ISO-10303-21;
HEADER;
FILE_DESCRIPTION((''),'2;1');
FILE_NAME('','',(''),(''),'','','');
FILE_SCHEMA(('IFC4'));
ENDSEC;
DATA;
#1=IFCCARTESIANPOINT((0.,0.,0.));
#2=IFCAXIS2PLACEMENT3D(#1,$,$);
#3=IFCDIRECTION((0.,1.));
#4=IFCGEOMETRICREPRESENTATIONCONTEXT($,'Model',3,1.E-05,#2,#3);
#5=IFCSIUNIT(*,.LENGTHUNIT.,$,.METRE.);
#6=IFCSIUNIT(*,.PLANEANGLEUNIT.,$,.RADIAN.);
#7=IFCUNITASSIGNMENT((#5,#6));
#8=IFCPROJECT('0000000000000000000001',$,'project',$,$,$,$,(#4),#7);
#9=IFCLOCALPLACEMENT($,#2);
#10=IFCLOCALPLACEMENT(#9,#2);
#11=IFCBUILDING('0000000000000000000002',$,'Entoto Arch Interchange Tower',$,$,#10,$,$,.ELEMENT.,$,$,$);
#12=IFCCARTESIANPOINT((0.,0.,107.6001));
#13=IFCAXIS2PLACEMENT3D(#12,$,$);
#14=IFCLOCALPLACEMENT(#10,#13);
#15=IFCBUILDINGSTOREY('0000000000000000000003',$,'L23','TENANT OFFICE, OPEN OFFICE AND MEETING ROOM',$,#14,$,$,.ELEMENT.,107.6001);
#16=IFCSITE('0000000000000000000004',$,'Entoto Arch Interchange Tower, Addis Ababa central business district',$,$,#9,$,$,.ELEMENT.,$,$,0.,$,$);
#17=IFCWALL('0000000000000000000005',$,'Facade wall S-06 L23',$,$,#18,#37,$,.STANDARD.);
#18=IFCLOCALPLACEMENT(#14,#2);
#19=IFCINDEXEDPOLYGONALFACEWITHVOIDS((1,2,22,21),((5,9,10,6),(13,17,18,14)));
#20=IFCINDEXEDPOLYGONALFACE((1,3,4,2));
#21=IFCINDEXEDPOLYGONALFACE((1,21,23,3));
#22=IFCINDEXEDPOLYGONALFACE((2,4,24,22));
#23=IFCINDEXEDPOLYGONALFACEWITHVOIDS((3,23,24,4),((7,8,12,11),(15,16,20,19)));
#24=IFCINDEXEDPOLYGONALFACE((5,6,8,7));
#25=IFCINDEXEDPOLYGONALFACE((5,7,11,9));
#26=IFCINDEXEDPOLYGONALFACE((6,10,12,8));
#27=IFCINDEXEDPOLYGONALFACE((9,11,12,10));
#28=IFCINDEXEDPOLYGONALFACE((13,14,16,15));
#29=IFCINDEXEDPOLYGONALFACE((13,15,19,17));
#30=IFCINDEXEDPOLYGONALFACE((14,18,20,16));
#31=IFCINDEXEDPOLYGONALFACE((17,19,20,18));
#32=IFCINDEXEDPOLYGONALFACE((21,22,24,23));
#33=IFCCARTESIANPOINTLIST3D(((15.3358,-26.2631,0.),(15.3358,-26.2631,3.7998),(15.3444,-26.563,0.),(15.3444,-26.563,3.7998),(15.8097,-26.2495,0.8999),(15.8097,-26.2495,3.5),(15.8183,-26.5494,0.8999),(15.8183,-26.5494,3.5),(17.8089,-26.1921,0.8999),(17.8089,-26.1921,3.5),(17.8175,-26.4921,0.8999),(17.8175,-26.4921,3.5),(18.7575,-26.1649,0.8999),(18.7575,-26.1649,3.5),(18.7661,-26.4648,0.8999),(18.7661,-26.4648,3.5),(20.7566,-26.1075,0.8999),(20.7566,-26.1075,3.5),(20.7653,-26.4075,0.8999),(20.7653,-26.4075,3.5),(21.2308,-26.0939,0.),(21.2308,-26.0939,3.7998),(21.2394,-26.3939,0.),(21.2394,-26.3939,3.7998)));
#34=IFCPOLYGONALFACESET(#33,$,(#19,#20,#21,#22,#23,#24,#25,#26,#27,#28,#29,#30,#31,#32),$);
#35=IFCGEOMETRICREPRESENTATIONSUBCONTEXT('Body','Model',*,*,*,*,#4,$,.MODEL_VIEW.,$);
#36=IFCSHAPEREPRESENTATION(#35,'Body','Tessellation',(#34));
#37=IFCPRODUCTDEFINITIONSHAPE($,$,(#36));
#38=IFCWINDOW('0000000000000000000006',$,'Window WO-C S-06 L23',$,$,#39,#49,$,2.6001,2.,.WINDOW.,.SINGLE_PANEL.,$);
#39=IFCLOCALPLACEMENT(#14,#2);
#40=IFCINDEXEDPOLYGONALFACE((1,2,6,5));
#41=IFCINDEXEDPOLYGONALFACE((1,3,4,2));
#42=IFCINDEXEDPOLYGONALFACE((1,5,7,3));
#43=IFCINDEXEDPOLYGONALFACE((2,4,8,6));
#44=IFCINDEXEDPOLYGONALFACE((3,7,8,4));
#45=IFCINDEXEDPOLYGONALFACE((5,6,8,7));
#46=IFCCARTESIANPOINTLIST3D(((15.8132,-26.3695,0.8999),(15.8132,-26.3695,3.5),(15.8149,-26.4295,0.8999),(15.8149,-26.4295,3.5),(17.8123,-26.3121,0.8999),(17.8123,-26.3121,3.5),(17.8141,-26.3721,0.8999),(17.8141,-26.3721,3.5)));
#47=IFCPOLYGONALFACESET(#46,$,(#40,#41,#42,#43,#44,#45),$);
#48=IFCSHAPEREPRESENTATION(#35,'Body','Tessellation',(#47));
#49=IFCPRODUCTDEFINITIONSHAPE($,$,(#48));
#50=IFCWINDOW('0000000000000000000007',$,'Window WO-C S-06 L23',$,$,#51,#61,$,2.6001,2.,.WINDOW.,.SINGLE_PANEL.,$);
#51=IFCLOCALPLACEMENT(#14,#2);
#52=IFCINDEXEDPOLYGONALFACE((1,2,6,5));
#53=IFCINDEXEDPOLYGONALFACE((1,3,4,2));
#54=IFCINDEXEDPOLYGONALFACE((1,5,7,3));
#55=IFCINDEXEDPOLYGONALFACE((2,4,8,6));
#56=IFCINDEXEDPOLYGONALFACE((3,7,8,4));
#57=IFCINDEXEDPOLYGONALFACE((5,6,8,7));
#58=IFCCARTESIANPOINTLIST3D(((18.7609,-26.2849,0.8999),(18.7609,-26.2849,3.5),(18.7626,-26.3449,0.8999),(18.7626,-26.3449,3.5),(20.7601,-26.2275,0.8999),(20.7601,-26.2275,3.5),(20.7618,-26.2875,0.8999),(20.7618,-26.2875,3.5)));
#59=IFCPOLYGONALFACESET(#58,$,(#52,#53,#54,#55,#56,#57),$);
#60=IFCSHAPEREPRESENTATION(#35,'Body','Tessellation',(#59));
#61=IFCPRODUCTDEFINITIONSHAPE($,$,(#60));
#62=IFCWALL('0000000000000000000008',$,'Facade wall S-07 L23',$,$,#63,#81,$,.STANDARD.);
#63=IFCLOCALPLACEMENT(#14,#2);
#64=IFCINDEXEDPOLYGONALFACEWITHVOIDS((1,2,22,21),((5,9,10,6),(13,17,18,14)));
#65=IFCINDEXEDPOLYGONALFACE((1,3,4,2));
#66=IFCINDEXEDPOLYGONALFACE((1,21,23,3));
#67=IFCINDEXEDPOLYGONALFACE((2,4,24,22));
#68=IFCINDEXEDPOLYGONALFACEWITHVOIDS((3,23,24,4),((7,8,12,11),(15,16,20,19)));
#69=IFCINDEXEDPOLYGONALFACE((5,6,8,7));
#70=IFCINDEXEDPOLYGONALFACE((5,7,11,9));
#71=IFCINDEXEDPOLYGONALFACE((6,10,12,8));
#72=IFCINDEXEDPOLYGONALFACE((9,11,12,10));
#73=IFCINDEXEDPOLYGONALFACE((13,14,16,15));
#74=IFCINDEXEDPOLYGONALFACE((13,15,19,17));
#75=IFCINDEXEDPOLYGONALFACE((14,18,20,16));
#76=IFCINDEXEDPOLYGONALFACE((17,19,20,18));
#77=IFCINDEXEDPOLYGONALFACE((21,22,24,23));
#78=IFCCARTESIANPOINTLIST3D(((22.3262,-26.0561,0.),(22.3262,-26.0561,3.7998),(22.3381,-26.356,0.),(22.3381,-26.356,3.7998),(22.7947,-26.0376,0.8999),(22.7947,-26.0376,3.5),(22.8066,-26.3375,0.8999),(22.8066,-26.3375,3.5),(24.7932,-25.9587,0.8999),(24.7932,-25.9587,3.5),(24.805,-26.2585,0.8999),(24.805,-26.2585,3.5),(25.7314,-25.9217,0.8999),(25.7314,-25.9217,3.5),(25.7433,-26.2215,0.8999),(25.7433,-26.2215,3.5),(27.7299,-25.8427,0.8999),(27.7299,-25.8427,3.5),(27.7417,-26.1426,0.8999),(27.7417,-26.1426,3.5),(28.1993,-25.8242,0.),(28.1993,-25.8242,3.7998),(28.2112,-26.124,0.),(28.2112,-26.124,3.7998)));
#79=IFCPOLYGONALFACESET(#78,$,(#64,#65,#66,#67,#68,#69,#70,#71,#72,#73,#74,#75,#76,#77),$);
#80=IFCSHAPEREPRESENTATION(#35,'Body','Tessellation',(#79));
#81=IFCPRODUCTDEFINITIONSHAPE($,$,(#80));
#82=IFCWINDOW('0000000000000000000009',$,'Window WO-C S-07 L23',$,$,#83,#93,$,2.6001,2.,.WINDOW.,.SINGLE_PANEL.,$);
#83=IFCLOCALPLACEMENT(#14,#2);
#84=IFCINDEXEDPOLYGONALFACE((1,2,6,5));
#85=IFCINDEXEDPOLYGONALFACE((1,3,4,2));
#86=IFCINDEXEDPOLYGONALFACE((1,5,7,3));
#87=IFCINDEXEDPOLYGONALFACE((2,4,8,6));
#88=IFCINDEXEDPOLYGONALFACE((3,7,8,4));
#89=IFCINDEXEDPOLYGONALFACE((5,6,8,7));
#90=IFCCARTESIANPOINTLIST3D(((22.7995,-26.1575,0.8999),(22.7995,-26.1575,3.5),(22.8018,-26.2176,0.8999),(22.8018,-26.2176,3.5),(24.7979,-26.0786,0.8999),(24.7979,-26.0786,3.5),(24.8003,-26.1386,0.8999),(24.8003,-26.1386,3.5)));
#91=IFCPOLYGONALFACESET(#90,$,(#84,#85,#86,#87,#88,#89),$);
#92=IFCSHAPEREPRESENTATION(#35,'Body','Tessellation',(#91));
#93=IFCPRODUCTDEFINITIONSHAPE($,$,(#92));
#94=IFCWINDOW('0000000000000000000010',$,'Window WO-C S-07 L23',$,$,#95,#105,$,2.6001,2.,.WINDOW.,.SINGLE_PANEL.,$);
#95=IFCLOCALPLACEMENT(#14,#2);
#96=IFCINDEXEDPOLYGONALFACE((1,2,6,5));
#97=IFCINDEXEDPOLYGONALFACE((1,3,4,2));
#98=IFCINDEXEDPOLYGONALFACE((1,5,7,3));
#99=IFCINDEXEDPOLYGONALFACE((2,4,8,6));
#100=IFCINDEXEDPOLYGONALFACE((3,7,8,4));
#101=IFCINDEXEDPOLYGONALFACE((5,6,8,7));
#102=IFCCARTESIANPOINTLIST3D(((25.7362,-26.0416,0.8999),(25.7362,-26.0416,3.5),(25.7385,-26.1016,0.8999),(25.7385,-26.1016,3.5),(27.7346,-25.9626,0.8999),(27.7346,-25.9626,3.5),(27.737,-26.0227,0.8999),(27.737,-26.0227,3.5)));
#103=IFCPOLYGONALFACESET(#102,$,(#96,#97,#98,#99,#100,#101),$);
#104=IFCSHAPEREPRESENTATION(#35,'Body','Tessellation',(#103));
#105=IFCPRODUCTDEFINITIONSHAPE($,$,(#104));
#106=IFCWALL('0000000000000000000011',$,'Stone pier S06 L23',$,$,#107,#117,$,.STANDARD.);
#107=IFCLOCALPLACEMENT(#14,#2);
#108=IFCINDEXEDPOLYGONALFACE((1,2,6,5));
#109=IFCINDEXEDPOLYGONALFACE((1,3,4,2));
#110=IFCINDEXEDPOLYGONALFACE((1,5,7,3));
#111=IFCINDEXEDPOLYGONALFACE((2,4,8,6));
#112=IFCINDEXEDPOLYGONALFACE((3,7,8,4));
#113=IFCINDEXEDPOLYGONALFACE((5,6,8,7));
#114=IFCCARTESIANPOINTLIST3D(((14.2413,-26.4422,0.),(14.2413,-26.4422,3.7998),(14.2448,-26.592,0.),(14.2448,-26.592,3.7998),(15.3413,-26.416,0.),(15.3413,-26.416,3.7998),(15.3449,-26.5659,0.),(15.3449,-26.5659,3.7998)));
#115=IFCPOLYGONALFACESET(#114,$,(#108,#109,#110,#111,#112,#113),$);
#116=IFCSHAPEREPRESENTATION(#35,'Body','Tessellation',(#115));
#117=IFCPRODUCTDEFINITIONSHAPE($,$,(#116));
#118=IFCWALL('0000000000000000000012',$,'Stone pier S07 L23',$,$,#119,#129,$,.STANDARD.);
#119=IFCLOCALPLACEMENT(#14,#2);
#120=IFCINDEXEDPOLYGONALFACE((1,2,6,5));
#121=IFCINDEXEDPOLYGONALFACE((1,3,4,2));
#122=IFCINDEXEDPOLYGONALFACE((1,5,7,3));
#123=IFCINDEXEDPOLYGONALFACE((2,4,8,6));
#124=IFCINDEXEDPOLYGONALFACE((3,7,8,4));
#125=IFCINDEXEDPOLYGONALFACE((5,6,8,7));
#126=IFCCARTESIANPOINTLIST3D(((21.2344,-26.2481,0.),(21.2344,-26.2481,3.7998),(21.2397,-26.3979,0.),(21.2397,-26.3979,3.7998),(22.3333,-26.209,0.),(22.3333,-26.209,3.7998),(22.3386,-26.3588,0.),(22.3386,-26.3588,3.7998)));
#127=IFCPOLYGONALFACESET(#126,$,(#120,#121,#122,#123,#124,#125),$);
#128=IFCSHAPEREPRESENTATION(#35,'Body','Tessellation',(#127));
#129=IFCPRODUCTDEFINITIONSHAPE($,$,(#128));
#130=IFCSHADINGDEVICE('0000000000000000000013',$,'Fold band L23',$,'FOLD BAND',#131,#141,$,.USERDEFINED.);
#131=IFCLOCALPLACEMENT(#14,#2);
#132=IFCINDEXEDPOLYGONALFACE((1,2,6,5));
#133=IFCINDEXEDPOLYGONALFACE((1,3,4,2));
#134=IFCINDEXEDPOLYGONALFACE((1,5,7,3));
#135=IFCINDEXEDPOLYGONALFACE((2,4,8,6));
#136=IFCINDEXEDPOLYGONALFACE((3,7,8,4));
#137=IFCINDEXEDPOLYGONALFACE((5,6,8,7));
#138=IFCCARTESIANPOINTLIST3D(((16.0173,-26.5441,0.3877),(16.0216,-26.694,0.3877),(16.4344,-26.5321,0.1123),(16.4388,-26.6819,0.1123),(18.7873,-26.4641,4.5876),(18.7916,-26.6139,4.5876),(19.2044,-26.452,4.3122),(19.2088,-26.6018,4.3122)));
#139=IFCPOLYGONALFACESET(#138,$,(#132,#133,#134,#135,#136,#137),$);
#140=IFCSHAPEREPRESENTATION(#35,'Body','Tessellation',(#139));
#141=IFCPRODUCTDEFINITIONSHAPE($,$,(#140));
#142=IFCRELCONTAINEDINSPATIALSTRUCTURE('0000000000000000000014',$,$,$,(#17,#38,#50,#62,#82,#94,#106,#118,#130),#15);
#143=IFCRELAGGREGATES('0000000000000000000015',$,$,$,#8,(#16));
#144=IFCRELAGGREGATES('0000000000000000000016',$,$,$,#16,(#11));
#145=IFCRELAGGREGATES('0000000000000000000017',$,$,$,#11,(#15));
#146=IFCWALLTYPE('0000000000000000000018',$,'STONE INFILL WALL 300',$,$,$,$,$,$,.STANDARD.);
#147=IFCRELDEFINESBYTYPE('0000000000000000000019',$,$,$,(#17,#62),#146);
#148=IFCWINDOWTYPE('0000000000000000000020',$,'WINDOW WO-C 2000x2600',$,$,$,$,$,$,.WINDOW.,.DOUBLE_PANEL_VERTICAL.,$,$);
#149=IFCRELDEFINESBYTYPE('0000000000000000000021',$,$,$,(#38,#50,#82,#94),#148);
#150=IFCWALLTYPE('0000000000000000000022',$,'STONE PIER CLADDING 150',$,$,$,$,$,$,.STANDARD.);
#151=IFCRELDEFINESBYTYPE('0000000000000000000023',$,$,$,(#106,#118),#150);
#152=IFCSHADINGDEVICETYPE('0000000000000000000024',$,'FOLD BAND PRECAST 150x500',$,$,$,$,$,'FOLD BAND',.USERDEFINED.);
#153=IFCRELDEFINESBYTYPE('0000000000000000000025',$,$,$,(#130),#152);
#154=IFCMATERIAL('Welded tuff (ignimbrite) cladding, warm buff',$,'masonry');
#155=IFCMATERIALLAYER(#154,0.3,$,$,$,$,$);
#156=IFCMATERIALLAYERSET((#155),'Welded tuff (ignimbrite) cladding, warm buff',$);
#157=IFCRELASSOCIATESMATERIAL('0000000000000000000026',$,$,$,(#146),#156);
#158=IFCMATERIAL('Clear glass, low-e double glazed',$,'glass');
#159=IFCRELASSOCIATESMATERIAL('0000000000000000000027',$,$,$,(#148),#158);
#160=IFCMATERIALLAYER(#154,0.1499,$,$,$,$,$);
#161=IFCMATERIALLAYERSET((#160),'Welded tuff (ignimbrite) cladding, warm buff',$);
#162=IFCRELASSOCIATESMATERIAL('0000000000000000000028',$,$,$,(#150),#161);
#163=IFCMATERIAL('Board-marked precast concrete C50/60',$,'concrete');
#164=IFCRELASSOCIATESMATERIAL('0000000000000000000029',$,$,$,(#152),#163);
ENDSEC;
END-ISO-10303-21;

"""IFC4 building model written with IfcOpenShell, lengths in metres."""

from ifc_helpers import new_model, si_unit, direction, frame, frame_2d, origin, origin_2d, place, context, subcontext, project, spatial, rectangle, extrude, material, layer, layer_set, material_profile, profile_set, type_object, element, fill, save


model = new_model("IFC4")

# Units and contexts
model_context = context("Model", 3, precision=1e-05, world=origin(), true_north=direction((0.0, 1.0)))
body_context = subcontext(model_context, "Body", "Model", "MODEL_VIEW")
ifc_project = project(units=[si_unit("LENGTHUNIT", "METRE"), si_unit("PLANEANGLEUNIT", "RADIAN")], contexts=[model_context])

# Site, building, storey
site_placement = place(None, origin())
site = spatial("IfcSite", under=ifc_project, at=site_placement, Name="Entoto Arch Interchange Tower, Addis Ababa central business district", CompositionType="ELEMENT", RefElevation=0.0)
building_placement = place(site_placement, origin())
building = spatial("IfcBuilding", under=site, at=building_placement, Name="Entoto Arch Interchange Tower", CompositionType="ELEMENT")
storey_placement = place(building_placement, frame((0.0, 0.0, 107.6001)))
storey = spatial("IfcBuildingStorey", under=building, at=storey_placement, Name="L23", Description="TENANT OFFICE, OPEN OFFICE AND MEETING ROOM", CompositionType="ELEMENT", Elevation=107.6001)

# Walls, openings, windows
ifc_material_1 = material(Name="Welded tuff (ignimbrite) cladding, warm buff", Category="masonry")
ifc_layer_1 = layer(ifc_material_1, 0.3)
ifc_layer_set_1 = layer_set([ifc_layer_1], Name="Welded tuff (ignimbrite) cladding, warm buff")
wall_type_1 = type_object("IfcWallType", Name="STONE INFILL WALL 300", PredefinedType="STANDARD", material=ifc_layer_set_1)
wall_1_placement = place(storey_placement, frame((15.3401, -26.4131, 0.0), z_axis=(0.0, 0.0, 1.0), x_axis=(0.999588, 0.028689, 0.0)))
wall_1 = element("IfcWall", 1, at=wall_1_placement, inside=storey, type_object=wall_type_1, Name="Facade wall S-06 L23", PredefinedType="STANDARD", context=body_context, shape_type="SweptSolid", body=[
    extrude(rectangle(XDim=5.8975, YDim=0.3, at=frame_2d((2.9487, 0.0))), origin(), (0.0, 0.0, 1.0), 3.7998),
])
opening_1_placement = place(wall_1_placement, frame((0.4741, 0.0, 0.8999)))
opening_1 = element("IfcOpeningElement", 2, at=opening_1_placement, cuts=wall_1, PredefinedType="OPENING", context=body_context, shape_type="SweptSolid", body=[
    extrude(rectangle(XDim=2.0, YDim=2.6001, at=frame_2d((1.0, 1.3))), frame((0.0, 0.1602, 0.0), z_axis=(0.0, -1.0, 0.0), x_axis=(1.0, 0.0, 0.0)), (0.0, 0.0, 1.0), 0.3201),
])
opening_2_placement = place(wall_1_placement, frame((3.4231, 0.0, 0.8999)))
opening_2 = element("IfcOpeningElement", 3, at=opening_2_placement, cuts=wall_1, PredefinedType="OPENING", context=body_context, shape_type="SweptSolid", body=[
    extrude(rectangle(XDim=2.0, YDim=2.6001, at=frame_2d((1.0, 1.3))), frame((0.0, 0.1602, 0.0), z_axis=(0.0, -1.0, 0.0), x_axis=(1.0, 0.0, 0.0)), (0.0, 0.0, 1.0), 0.3201),
])
ifc_material_2 = material(Name="Clear glass, low-e double glazed", Category="glass")
window_type = type_object("IfcWindowType", Name="WINDOW WO-C 2000x2600", PartitioningType="DOUBLE_PANEL_VERTICAL", PredefinedType="WINDOW", material=ifc_material_2)
window_1_placement = place(opening_1_placement, origin())
window_1 = element("IfcWindow", 4, at=window_1_placement, inside=storey, type_object=window_type, Name="Window WO-C S-06 L23", OverallHeight=2.6001, OverallWidth=2.0, PartitioningType="SINGLE_PANEL", PredefinedType="WINDOW", context=body_context, shape_type="SweptSolid", body=[
    extrude(rectangle(XDim=2.0, YDim=2.6001, at=frame_2d((1.0, 1.3))), frame((0.0, 0.03, 0.0), z_axis=(0.0, -1.0, 0.0), x_axis=(1.0, 0.0, 0.0)), (0.0, 0.0, 1.0), 0.0601),
])
fill(opening_1, window_1)
window_2_placement = place(opening_2_placement, origin())
window_2 = element("IfcWindow", 5, at=window_2_placement, inside=storey, type_object=window_type, Name="Window WO-C S-06 L23", OverallHeight=2.6001, OverallWidth=2.0, PartitioningType="SINGLE_PANEL", PredefinedType="WINDOW", context=body_context, shape_type="SweptSolid", body=[
    extrude(rectangle(XDim=2.0, YDim=2.6001, at=frame_2d((1.0, 1.3))), frame((0.0, 0.03, 0.0), z_axis=(0.0, -1.0, 0.0), x_axis=(1.0, 0.0, 0.0)), (0.0, 0.0, 1.0), 0.0601),
])
fill(opening_2, window_2)
wall_2_placement = place(storey_placement, frame((22.332, -26.2061, 0.0), z_axis=(0.0, 0.0, 1.0), x_axis=(0.999221, 0.03946, 0.0)))
wall_2 = element("IfcWall", 6, at=wall_2_placement, inside=storey, type_object=wall_type_1, Name="Facade wall S-07 L23", PredefinedType="STANDARD", context=body_context, shape_type="SweptSolid", body=[
    extrude(rectangle(XDim=5.8777, YDim=0.3, at=frame_2d((2.939, 0.0))), origin(), (0.0, 0.0, 1.0), 3.7998),
])
opening_3_placement = place(wall_2_placement, frame((0.469, 0.0, 0.8999)))
opening_3 = element("IfcOpeningElement", 7, at=opening_3_placement, cuts=wall_2, PredefinedType="OPENING", context=body_context, shape_type="SweptSolid", body=[
    extrude(rectangle(XDim=2.0, YDim=2.6001, at=frame_2d((1.0, 1.3))), frame((0.0, 0.1602, 0.0), z_axis=(0.0, -1.0, 0.0), x_axis=(1.0, 0.0, 0.0)), (0.0, 0.0, 1.0), 0.3201),
])
opening_4_placement = place(wall_2_placement, frame((3.408, 0.0, 0.8999)))
opening_4 = element("IfcOpeningElement", 8, at=opening_4_placement, cuts=wall_2, PredefinedType="OPENING", context=body_context, shape_type="SweptSolid", body=[
    extrude(rectangle(XDim=2.0, YDim=2.6001, at=frame_2d((1.0, 1.3))), frame((0.0, 0.1602, 0.0), z_axis=(0.0, -1.0, 0.0), x_axis=(1.0, 0.0, 0.0)), (0.0, 0.0, 1.0), 0.3201),
])
window_3_placement = place(opening_3_placement, origin())
window_3 = element("IfcWindow", 9, at=window_3_placement, inside=storey, type_object=window_type, Name="Window WO-C S-07 L23", OverallHeight=2.6001, OverallWidth=2.0, PartitioningType="SINGLE_PANEL", PredefinedType="WINDOW", context=body_context, shape_type="SweptSolid", body=[
    extrude(rectangle(XDim=2.0, YDim=2.6001, at=frame_2d((1.0, 1.3))), frame((0.0, 0.03, 0.0), z_axis=(0.0, -1.0, 0.0), x_axis=(1.0, 0.0, 0.0)), (0.0, 0.0, 1.0), 0.0601),
])
fill(opening_3, window_3)
window_4_placement = place(opening_4_placement, origin())
window_4 = element("IfcWindow", 10, at=window_4_placement, inside=storey, type_object=window_type, Name="Window WO-C S-07 L23", OverallHeight=2.6001, OverallWidth=2.0, PartitioningType="SINGLE_PANEL", PredefinedType="WINDOW", context=body_context, shape_type="SweptSolid", body=[
    extrude(rectangle(XDim=2.0, YDim=2.6001, at=frame_2d((1.0, 1.3))), frame((0.0, 0.03, 0.0), z_axis=(0.0, -1.0, 0.0), x_axis=(1.0, 0.0, 0.0)), (0.0, 0.0, 1.0), 0.0601),
])
fill(opening_4, window_4)

# Walls
ifc_layer_2 = layer(ifc_material_1, 0.1499)
ifc_layer_set_2 = layer_set([ifc_layer_2], Name="Welded tuff (ignimbrite) cladding, warm buff")
wall_type_2 = type_object("IfcWallType", Name="STONE PIER CLADDING 150", PredefinedType="STANDARD", material=ifc_layer_set_2)
wall_3_placement = place(storey_placement, frame((14.2429, -26.5171, 0.0), z_axis=(0.0, 0.0, 1.0), x_axis=(0.999718, 0.023739, 0.0)))
element("IfcWall", 11, at=wall_3_placement, inside=storey, type_object=wall_type_2, Name="Stone pier S06 L23", PredefinedType="STANDARD", context=body_context, shape_type="SweptSolid", body=[
    extrude(rectangle(XDim=1.1003, YDim=0.1499, at=frame_2d((0.5503, 0.0))), origin(), (0.0, 0.0, 1.0), 3.7998),
])
wall_4_placement = place(storey_placement, frame((21.2371, -26.323, 0.0), z_axis=(0.0, 0.0, 1.0), x_axis=(0.999369, 0.035525, 0.0)))
element("IfcWall", 12, at=wall_4_placement, inside=storey, type_object=wall_type_2, Name="Stone pier S07 L23", PredefinedType="STANDARD", context=body_context, shape_type="SweptSolid", body=[
    extrude(rectangle(XDim=1.0996, YDim=0.1499, at=frame_2d((0.5498, 0.0))), origin(), (0.0, 0.0, 1.0), 3.7998),
])

# Shading device
ifc_material_3 = material(Name="Board-marked precast concrete C50/60", Category="concrete")
ifc_material_profile_1 = material_profile(ifc_material_3, rectangle(XDim=0.1499, YDim=0.5, at=origin_2d()))
ifc_profile_set_1 = profile_set([ifc_material_profile_1], Name="Board-marked precast concrete C50/60")
shading_device_type = type_object("IfcShadingDeviceType", Name="FOLD BAND PRECAST 150x500", ElementType="FOLD BAND", PredefinedType="USERDEFINED", material=ifc_profile_set_1)
shading_device_placement = place(storey_placement, frame((16.228, -26.613, 0.25), z_axis=(0.550503, 0.015914, 0.834682), x_axis=(-0.028897, 0.999582, 0.0)))
element("IfcShadingDevice", 13, at=shading_device_placement, inside=storey, type_object=shading_device_type, Name="Fold band L23", ObjectType="FOLD BAND", PredefinedType="USERDEFINED", context=body_context, shape_type="SweptSolid", body=[
    extrude(rectangle(XDim=0.1499, YDim=0.5, at=origin_2d()), origin(), (0.0, 0.0, 1.0), 5.0317),
])

save(model, "model.ifc")
